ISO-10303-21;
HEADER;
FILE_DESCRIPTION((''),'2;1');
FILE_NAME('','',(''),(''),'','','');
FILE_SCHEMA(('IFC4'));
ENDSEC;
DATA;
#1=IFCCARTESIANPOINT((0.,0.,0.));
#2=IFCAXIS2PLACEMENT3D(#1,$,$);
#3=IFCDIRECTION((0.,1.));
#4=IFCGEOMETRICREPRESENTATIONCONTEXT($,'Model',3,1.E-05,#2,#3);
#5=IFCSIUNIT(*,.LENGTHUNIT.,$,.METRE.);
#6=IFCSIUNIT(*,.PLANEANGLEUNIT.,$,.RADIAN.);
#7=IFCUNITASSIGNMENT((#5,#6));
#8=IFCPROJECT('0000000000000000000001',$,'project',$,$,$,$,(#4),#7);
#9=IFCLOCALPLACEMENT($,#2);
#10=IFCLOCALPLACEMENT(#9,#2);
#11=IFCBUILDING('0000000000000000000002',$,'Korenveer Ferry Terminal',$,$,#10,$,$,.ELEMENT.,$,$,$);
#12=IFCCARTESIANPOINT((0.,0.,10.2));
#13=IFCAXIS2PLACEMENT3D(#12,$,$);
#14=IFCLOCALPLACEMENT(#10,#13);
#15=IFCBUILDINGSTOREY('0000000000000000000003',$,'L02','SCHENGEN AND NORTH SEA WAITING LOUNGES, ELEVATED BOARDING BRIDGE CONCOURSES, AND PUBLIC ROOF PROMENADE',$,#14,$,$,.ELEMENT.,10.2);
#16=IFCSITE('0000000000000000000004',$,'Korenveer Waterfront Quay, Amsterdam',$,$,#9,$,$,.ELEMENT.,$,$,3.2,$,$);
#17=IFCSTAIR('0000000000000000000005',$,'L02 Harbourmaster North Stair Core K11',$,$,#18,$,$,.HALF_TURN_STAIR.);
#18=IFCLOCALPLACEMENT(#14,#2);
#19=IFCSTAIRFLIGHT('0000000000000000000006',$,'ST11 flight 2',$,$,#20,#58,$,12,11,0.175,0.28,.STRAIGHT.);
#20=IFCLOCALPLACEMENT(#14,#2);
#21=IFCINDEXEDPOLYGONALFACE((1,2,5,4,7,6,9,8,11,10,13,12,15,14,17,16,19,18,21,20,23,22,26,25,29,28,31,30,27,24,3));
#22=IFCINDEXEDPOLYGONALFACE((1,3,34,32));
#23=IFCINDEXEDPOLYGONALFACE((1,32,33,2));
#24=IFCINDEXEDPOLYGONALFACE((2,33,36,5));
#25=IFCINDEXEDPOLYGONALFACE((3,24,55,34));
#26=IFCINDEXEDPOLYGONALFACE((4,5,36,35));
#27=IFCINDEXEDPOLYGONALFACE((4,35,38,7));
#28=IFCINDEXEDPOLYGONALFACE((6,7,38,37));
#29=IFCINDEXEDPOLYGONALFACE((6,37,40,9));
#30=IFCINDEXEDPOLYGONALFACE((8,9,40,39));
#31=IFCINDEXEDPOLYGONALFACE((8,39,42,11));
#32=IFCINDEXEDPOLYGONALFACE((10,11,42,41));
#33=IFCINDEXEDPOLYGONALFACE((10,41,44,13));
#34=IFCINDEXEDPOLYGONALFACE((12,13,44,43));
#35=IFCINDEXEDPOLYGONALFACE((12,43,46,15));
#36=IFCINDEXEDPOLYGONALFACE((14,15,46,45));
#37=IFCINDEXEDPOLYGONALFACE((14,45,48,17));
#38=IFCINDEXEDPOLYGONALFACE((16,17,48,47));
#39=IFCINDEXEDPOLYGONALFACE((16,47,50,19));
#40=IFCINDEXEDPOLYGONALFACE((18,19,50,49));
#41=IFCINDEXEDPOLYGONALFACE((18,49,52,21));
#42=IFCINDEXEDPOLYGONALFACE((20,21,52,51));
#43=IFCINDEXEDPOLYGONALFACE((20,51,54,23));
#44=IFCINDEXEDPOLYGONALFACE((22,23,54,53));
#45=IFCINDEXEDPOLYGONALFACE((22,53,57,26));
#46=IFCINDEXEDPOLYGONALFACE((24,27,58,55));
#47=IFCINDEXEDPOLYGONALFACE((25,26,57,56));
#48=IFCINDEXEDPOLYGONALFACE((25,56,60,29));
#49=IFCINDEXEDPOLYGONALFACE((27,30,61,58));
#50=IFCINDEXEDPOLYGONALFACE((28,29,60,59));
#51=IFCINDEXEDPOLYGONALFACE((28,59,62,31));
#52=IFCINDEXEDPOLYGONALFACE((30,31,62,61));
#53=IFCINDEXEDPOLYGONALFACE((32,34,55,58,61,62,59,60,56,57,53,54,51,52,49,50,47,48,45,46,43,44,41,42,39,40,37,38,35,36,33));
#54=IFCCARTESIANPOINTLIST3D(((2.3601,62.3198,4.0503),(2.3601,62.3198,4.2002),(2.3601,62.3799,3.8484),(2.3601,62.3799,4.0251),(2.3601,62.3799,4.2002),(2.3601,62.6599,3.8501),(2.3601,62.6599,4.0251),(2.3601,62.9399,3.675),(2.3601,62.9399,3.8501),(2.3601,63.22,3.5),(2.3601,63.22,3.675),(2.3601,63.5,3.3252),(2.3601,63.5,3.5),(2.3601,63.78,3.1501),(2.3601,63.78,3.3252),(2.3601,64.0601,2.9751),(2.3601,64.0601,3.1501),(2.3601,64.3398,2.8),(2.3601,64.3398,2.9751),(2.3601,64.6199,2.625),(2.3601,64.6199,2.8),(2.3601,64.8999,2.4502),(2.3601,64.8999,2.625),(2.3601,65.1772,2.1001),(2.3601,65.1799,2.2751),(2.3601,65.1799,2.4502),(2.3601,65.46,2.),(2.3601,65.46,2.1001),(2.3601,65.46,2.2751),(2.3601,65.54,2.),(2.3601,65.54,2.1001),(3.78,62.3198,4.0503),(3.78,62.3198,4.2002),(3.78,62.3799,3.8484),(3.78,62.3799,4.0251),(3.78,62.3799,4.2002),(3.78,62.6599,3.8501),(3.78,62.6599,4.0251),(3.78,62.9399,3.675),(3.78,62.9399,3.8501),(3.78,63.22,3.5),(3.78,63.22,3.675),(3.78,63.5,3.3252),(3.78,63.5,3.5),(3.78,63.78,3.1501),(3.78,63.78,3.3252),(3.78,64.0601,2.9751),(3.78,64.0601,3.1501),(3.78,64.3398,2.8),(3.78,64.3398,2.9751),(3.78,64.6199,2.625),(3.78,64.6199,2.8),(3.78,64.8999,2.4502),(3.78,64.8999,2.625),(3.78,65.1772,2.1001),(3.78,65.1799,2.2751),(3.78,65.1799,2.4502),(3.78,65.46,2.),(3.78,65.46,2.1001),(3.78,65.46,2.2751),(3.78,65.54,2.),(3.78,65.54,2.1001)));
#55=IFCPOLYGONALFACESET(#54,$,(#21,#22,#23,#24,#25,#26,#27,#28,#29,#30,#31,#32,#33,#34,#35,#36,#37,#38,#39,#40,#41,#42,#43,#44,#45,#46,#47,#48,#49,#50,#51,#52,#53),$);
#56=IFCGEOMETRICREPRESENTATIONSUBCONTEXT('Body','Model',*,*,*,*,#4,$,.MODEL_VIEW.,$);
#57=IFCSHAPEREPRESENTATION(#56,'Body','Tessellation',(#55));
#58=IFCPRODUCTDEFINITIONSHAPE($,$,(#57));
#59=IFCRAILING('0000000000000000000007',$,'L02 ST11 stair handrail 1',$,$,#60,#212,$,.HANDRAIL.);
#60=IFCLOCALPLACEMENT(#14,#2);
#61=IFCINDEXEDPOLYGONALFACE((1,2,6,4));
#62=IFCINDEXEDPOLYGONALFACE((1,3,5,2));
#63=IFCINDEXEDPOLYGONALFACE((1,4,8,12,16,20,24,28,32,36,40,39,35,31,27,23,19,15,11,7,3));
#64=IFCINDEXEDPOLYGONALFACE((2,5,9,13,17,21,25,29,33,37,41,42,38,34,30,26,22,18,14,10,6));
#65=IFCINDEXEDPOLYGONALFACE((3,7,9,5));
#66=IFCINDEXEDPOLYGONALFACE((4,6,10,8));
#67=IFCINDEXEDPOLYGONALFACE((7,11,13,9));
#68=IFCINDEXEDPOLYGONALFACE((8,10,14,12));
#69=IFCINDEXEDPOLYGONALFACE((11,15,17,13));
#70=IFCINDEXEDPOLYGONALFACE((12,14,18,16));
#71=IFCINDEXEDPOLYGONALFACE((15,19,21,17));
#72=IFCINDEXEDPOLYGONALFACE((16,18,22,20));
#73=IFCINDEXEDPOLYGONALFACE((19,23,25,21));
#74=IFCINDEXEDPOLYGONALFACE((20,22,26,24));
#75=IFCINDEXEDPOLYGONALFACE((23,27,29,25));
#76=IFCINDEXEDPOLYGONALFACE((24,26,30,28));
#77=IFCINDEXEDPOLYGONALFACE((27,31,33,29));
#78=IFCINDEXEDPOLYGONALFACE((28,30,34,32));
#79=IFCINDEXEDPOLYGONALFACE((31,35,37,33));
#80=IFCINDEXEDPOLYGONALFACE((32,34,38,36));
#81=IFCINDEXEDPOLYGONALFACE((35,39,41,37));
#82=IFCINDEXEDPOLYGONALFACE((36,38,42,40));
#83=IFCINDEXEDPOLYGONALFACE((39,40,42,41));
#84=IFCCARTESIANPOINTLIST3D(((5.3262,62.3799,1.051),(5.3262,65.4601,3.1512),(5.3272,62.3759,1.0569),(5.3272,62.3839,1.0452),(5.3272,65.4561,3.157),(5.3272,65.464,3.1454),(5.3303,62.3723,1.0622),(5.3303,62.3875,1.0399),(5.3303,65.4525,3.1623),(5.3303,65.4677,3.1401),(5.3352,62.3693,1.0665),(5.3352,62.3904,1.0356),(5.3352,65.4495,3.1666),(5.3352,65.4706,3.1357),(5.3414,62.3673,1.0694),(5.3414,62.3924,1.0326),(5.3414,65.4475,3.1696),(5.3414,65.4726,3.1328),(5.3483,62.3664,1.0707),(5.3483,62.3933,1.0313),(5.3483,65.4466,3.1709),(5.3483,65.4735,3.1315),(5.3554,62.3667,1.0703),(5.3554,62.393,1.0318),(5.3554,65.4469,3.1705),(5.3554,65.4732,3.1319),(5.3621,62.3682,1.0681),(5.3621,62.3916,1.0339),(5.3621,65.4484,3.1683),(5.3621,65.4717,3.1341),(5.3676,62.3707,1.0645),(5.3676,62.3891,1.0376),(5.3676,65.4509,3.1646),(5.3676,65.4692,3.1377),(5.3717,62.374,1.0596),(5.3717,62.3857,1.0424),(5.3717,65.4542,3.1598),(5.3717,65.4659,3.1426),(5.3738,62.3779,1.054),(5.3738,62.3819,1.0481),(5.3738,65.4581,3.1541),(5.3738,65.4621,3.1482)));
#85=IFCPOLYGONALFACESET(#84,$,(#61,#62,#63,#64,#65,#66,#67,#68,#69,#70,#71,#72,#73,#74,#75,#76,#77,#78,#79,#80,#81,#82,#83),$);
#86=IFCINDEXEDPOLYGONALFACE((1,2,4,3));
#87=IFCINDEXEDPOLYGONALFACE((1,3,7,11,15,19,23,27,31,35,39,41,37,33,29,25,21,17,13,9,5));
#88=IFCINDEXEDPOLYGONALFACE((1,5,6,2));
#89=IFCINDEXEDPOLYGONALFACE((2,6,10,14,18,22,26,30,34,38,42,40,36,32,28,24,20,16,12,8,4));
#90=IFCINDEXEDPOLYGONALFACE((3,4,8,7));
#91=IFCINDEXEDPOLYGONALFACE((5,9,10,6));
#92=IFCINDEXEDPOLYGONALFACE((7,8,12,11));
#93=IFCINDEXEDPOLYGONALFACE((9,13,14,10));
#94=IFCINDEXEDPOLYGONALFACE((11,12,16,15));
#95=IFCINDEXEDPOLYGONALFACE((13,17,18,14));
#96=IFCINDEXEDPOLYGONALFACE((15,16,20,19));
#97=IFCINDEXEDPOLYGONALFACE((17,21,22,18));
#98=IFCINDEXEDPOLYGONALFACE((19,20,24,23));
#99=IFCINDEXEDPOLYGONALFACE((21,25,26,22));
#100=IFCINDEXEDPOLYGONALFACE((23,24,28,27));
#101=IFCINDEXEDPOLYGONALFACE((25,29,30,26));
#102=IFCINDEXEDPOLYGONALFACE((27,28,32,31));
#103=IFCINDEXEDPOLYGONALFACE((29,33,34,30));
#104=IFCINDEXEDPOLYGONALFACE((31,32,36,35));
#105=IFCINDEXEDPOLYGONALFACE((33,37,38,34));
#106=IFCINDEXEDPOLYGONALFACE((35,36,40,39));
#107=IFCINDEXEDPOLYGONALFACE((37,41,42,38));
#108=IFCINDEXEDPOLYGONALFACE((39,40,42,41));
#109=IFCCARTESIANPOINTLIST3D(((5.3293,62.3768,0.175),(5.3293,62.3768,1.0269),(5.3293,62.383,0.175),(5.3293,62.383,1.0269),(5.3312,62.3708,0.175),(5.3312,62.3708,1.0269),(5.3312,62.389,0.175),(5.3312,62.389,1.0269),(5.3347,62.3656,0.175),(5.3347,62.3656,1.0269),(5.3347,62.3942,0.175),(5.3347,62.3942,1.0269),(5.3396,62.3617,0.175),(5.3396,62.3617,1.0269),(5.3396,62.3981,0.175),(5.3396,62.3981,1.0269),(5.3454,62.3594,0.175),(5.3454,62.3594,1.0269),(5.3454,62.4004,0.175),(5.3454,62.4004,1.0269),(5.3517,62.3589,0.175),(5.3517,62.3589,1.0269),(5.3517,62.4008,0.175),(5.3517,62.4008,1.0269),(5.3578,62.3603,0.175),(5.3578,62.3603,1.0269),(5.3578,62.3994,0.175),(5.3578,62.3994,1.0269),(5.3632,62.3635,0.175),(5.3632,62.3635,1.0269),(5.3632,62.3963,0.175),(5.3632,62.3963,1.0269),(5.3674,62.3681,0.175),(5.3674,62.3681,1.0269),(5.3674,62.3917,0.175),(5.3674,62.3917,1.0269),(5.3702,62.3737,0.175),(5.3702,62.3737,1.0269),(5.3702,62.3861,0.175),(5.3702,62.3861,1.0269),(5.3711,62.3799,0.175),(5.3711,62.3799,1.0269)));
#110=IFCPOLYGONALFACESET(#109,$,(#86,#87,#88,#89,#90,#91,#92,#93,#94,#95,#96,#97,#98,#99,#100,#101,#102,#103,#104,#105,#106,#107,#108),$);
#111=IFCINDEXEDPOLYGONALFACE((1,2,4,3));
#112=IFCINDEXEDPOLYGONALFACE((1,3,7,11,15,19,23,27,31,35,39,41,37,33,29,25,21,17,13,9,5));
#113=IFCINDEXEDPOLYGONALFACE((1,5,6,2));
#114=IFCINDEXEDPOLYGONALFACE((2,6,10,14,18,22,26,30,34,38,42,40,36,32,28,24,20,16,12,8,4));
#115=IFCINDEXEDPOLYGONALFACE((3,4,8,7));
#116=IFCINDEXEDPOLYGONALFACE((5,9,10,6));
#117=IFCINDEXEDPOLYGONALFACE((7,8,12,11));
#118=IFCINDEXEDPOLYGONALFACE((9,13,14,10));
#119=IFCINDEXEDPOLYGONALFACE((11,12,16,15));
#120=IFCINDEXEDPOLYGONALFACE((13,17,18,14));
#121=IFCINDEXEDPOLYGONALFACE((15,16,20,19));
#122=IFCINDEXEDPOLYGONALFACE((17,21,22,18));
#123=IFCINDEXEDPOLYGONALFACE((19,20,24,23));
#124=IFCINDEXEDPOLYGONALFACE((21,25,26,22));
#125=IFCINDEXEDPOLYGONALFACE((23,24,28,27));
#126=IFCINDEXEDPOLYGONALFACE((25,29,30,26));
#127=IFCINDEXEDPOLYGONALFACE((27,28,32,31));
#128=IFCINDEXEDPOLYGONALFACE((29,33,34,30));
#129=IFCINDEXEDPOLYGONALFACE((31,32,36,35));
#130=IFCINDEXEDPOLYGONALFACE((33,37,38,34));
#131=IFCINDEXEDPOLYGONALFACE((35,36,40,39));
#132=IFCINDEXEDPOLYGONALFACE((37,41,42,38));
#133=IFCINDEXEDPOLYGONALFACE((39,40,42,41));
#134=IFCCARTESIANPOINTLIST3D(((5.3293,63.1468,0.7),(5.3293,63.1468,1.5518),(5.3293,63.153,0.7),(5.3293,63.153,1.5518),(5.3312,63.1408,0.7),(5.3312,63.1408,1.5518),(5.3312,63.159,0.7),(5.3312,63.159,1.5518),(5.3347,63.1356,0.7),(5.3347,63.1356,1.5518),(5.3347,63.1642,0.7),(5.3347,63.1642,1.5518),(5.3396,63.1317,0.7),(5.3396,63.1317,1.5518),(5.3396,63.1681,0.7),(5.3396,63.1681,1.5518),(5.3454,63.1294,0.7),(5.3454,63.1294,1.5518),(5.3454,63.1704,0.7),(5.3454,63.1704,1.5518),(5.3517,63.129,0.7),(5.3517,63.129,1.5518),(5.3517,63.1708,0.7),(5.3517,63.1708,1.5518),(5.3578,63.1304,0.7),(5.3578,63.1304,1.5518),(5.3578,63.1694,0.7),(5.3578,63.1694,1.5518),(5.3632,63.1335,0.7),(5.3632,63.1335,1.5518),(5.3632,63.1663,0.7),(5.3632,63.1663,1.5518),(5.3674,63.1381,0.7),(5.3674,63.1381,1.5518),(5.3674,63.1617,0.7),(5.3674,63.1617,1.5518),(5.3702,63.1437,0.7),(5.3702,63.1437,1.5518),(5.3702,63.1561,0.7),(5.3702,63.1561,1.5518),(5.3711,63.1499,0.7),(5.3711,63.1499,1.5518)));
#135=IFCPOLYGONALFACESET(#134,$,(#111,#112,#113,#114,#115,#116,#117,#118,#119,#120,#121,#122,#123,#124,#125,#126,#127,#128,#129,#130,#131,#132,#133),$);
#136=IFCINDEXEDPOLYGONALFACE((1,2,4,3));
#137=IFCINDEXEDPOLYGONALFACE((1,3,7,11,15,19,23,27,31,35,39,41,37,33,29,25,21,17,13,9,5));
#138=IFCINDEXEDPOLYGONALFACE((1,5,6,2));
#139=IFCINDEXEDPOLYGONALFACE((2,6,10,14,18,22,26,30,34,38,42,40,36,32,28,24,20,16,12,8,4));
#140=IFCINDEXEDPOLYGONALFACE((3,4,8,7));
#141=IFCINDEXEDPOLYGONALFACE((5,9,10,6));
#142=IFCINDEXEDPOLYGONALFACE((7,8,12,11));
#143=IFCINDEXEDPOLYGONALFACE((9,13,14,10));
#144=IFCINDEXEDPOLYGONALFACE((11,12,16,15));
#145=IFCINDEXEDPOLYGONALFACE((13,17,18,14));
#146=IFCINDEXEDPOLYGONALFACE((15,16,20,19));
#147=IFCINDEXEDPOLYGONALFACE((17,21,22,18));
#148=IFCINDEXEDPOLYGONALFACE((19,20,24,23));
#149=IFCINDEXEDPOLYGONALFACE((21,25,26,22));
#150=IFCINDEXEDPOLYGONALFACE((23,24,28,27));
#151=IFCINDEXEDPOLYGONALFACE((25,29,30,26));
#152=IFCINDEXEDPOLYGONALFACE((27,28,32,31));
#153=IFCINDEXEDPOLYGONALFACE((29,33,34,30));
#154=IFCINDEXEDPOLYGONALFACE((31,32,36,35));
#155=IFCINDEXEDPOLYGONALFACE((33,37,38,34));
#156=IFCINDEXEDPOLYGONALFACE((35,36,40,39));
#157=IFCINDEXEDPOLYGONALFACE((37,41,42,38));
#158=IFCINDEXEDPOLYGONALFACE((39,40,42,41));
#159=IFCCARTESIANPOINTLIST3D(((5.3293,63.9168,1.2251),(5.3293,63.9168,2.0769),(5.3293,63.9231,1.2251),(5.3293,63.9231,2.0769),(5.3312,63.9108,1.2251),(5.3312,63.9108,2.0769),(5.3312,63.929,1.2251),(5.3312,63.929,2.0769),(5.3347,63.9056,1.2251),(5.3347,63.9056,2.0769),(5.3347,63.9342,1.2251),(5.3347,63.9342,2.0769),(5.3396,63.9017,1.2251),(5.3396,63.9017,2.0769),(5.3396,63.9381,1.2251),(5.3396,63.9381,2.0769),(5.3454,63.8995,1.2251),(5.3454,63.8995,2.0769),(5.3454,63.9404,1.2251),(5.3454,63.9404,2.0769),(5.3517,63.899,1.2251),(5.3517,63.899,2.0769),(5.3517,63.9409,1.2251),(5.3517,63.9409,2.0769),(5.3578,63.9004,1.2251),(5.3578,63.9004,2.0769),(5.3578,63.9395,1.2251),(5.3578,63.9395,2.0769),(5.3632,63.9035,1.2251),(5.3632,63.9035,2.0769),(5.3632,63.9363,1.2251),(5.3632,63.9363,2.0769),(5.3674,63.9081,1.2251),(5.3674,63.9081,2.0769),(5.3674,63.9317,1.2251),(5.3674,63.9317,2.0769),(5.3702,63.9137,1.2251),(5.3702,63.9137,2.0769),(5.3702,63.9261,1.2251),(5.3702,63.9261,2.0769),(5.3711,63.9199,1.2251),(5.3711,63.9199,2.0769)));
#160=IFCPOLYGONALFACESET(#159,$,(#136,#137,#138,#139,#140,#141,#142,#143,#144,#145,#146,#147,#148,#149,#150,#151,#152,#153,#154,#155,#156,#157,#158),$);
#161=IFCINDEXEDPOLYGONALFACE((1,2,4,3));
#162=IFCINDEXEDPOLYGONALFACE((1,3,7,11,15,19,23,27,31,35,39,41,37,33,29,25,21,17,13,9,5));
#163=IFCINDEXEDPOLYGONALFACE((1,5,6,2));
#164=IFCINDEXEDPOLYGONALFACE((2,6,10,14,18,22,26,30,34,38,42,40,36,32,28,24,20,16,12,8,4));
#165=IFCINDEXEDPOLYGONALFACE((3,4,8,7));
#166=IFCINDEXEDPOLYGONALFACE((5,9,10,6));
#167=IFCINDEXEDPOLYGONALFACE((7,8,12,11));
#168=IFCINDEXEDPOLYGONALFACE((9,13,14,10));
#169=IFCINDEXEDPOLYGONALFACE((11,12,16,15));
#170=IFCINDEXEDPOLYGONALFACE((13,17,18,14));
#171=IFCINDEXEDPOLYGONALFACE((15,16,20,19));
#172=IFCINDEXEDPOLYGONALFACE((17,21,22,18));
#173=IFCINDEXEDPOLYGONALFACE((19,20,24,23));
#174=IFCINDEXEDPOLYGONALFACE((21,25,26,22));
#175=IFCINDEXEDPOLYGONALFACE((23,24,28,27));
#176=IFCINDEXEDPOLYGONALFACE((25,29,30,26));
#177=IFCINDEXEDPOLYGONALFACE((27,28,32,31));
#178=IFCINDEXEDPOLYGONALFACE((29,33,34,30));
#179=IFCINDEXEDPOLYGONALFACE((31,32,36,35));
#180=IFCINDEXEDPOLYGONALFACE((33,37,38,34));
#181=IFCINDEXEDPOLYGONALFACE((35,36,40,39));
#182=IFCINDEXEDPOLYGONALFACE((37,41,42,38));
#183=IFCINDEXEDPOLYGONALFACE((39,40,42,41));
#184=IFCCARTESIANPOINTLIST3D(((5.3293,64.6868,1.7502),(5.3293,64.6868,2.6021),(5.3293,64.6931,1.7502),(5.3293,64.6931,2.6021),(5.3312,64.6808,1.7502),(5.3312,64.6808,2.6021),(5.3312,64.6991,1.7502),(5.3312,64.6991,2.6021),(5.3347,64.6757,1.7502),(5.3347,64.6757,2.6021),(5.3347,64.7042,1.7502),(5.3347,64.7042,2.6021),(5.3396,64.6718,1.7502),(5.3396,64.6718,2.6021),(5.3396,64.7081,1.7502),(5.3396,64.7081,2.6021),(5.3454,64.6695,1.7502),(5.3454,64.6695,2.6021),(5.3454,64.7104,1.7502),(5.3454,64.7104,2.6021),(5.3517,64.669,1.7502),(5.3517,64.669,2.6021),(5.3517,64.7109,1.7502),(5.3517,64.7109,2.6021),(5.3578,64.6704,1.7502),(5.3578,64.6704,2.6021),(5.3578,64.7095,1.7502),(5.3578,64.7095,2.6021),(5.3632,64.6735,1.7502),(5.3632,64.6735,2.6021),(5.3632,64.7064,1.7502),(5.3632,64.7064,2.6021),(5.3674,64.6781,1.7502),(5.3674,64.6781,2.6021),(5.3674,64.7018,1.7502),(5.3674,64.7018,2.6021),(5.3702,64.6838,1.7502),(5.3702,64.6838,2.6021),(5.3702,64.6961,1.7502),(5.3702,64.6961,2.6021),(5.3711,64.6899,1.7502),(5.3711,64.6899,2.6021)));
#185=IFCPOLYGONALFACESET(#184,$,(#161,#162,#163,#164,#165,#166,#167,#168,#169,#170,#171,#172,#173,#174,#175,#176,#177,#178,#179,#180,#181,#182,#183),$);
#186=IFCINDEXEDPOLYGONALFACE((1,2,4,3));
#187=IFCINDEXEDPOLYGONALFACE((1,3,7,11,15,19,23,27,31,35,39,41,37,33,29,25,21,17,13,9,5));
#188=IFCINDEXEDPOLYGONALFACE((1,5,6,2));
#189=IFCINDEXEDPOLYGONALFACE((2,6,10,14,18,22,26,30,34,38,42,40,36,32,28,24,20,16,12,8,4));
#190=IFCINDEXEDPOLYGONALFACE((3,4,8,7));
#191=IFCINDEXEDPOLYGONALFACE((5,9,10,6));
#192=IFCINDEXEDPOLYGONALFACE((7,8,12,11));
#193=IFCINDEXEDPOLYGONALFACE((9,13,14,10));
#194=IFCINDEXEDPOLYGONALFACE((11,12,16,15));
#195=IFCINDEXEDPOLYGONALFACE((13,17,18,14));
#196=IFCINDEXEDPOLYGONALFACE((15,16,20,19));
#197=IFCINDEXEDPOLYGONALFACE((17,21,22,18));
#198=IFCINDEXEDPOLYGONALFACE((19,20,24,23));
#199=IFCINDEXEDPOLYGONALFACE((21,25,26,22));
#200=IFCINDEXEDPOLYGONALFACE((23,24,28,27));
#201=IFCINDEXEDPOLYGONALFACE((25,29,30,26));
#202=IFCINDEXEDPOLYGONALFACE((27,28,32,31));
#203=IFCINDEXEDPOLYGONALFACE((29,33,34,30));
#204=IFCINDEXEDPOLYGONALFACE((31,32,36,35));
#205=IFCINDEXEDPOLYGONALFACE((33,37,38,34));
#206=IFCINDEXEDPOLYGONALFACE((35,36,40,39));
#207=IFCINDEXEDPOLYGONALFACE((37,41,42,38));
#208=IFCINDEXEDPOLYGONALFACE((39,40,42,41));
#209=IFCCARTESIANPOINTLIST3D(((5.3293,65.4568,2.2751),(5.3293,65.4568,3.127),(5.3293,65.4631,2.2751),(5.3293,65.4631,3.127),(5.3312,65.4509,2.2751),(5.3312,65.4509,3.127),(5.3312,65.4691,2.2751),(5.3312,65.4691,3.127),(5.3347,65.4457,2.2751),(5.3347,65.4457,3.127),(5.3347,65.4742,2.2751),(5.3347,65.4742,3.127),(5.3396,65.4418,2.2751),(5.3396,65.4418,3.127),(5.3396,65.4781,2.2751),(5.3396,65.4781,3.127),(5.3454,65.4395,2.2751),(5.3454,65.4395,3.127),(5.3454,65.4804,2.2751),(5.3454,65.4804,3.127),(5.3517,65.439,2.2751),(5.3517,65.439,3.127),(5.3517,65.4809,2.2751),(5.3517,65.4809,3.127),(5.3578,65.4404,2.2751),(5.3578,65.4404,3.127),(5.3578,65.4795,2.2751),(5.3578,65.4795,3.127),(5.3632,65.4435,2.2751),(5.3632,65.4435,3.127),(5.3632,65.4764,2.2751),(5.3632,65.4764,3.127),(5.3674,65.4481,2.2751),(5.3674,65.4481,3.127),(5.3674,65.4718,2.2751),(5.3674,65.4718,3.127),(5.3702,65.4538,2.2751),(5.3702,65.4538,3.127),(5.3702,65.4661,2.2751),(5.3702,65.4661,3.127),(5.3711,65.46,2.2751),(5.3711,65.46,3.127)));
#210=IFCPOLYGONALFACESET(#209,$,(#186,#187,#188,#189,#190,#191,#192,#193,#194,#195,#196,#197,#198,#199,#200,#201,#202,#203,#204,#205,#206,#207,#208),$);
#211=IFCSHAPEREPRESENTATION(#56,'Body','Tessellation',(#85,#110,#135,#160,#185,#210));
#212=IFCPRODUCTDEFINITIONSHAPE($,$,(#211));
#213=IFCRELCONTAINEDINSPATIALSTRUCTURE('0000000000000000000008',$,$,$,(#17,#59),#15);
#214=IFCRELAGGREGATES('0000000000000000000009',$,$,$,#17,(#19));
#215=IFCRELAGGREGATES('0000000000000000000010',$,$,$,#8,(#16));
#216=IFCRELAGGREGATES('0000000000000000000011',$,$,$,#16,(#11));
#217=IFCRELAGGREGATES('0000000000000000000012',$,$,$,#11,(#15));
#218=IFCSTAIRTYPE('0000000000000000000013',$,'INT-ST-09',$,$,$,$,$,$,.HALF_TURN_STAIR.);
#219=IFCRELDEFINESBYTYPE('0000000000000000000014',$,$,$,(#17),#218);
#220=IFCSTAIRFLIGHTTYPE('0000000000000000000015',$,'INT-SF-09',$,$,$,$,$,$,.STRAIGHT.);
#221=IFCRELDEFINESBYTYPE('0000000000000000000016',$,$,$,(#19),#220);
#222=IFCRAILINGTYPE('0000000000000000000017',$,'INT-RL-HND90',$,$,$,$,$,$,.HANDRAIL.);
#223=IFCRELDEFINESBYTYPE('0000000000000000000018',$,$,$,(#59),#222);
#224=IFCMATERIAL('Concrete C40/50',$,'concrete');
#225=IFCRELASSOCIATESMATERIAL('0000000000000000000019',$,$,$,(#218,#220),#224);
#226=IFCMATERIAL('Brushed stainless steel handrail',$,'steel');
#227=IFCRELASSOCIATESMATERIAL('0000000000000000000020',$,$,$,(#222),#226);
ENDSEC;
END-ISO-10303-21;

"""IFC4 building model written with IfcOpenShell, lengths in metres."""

from ifc_helpers import new_model, si_unit, direction, frame, origin, origin_2d, place, context, subcontext, project, spatial, polyline, circle, outline, extrude, material, type_object, element, aggregate, save


model = new_model("IFC4")

# Units and contexts
model_context = context("Model", 3, precision=1e-05, world=origin(), true_north=direction((0.0, 1.0)))
body_context = subcontext(model_context, "Body", "Model", "MODEL_VIEW")
ifc_project = project(units=[si_unit("LENGTHUNIT", "METRE"), si_unit("PLANEANGLEUNIT", "RADIAN")], contexts=[model_context])

# Site, building, storey
site_placement = place(None, origin())
site = spatial("IfcSite", under=ifc_project, at=site_placement, Name="Korenveer Waterfront Quay, Amsterdam", CompositionType="ELEMENT", RefElevation=3.2)
building_placement = place(site_placement, origin())
building = spatial("IfcBuilding", under=site, at=building_placement, Name="Korenveer Ferry Terminal", CompositionType="ELEMENT")
storey_placement = place(building_placement, frame((0.0, 0.0, 10.2)))
storey = spatial("IfcBuildingStorey", under=building, at=storey_placement, Name="L02", Description="SCHENGEN AND NORTH SEA WAITING LOUNGES, ELEVATED BOARDING BRIDGE CONCOURSES, AND PUBLIC ROOF PROMENADE", CompositionType="ELEMENT", Elevation=10.2)

# Stair, stair flight
ifc_material_1 = material(Name="Concrete C40/50", Category="concrete")
stair_type = type_object("IfcStairType", Name="INT-ST-09", PredefinedType="HALF_TURN_STAIR", material=ifc_material_1)
stair_placement = place(storey_placement, frame((4.6899, 62.3799, 0.0)))
stair = element("IfcStair", 1, at=stair_placement, inside=storey, type_object=stair_type, Name="L02 Harbourmaster North Stair Core K11", PredefinedType="HALF_TURN_STAIR")
stair_flight_type = type_object("IfcStairFlightType", Name="INT-SF-09", PredefinedType="STRAIGHT", material=ifc_material_1)
stair_flight_1_placement = place(storey_placement, frame((3.0701, 65.46, 2.1001), z_axis=(0.0, 0.0, 1.0), x_axis=(0.0, -1.0, 0.0)))
stair_flight_1 = element("IfcStairFlight", 2, at=stair_flight_1_placement, type_object=stair_flight_type, Name="ST11 flight 2", NumberOfRisers=12, NumberOfTreads=11, PredefinedType="STRAIGHT", RiserHeight=0.175, TreadLength=0.28, context=body_context, shape_type="SweptSolid", body=[
    extrude(outline(polyline([(-0.0801, 0.0), (0.0, 0.0), (0.0, 0.175), (0.28, 0.175), (0.28, 0.3501), (0.5601, 0.3501), (0.5601, 0.5249), (0.8401, 0.5249), (0.8401, 0.7), (1.1201, 0.7), (1.1201, 0.875), (1.3999, 0.875), (1.3999, 1.05), (1.6799, 1.05), (1.6799, 1.2251), (1.96, 1.2251), (1.96, 1.3999), (2.24, 1.3999), (2.24, 1.575), (2.52, 1.575), (2.52, 1.75), (2.8, 1.75), (2.8, 1.925), (3.0801, 1.925), (3.0801, 2.1001), (3.1401, 2.1001), (3.1401, 1.9502), (3.0801, 1.7483), (0.2827, 0.0), (0.0, -0.1001), (-0.0801, -0.1001), (-0.0801, 0.0)])), frame((0.0, 0.71, 0.0), z_axis=(0.0, -1.0, 0.0), x_axis=(1.0, 0.0, 0.0)), (0.0, 0.0, 1.0), 1.4199),
])
aggregate(stair, [stair_flight_1])

# Railing
ifc_material_2 = material(Name="Brushed stainless steel handrail", Category="steel")
railing_type_1 = type_object("IfcRailingType", Name="INT-RL-HND90", PredefinedType="HANDRAIL", material=ifc_material_2)
railing_1_placement = place(storey_placement, frame((5.3501, 62.3799, 0.175)))
element("IfcRailing", 3, at=railing_1_placement, inside=storey, type_object=railing_type_1, Name="L02 ST11 stair handrail 1", PredefinedType="HANDRAIL", context=body_context, shape_type="SweptSolid", body=[
    extrude(circle(Radius=0.0239, at=origin_2d()), frame((0.0, 0.0, 0.876), z_axis=(0.0, 0.826222, 0.563345), x_axis=(-1.0, 0.0, 0.0)), (0.0, 0.0, 1.0), 3.728),
    extrude(circle(Radius=0.021, at=origin_2d()), origin(), (0.0, 0.0, 1.0), 0.8518),
    extrude(circle(Radius=0.021, at=origin_2d()), frame((0.0, 0.77, 0.5249)), (0.0, 0.0, 1.0), 0.8518),
    extrude(circle(Radius=0.021, at=origin_2d()), frame((0.0, 1.54, 1.05)), (0.0, 0.0, 1.0), 0.8518),
    extrude(circle(Radius=0.021, at=origin_2d()), frame((0.0, 2.3101, 1.5752)), (0.0, 0.0, 1.0), 0.8518),
    extrude(circle(Radius=0.021, at=origin_2d()), frame((0.0, 3.0801, 2.1001)), (0.0, 0.0, 1.0), 0.8518),
])

save(model, "model.ifc")
